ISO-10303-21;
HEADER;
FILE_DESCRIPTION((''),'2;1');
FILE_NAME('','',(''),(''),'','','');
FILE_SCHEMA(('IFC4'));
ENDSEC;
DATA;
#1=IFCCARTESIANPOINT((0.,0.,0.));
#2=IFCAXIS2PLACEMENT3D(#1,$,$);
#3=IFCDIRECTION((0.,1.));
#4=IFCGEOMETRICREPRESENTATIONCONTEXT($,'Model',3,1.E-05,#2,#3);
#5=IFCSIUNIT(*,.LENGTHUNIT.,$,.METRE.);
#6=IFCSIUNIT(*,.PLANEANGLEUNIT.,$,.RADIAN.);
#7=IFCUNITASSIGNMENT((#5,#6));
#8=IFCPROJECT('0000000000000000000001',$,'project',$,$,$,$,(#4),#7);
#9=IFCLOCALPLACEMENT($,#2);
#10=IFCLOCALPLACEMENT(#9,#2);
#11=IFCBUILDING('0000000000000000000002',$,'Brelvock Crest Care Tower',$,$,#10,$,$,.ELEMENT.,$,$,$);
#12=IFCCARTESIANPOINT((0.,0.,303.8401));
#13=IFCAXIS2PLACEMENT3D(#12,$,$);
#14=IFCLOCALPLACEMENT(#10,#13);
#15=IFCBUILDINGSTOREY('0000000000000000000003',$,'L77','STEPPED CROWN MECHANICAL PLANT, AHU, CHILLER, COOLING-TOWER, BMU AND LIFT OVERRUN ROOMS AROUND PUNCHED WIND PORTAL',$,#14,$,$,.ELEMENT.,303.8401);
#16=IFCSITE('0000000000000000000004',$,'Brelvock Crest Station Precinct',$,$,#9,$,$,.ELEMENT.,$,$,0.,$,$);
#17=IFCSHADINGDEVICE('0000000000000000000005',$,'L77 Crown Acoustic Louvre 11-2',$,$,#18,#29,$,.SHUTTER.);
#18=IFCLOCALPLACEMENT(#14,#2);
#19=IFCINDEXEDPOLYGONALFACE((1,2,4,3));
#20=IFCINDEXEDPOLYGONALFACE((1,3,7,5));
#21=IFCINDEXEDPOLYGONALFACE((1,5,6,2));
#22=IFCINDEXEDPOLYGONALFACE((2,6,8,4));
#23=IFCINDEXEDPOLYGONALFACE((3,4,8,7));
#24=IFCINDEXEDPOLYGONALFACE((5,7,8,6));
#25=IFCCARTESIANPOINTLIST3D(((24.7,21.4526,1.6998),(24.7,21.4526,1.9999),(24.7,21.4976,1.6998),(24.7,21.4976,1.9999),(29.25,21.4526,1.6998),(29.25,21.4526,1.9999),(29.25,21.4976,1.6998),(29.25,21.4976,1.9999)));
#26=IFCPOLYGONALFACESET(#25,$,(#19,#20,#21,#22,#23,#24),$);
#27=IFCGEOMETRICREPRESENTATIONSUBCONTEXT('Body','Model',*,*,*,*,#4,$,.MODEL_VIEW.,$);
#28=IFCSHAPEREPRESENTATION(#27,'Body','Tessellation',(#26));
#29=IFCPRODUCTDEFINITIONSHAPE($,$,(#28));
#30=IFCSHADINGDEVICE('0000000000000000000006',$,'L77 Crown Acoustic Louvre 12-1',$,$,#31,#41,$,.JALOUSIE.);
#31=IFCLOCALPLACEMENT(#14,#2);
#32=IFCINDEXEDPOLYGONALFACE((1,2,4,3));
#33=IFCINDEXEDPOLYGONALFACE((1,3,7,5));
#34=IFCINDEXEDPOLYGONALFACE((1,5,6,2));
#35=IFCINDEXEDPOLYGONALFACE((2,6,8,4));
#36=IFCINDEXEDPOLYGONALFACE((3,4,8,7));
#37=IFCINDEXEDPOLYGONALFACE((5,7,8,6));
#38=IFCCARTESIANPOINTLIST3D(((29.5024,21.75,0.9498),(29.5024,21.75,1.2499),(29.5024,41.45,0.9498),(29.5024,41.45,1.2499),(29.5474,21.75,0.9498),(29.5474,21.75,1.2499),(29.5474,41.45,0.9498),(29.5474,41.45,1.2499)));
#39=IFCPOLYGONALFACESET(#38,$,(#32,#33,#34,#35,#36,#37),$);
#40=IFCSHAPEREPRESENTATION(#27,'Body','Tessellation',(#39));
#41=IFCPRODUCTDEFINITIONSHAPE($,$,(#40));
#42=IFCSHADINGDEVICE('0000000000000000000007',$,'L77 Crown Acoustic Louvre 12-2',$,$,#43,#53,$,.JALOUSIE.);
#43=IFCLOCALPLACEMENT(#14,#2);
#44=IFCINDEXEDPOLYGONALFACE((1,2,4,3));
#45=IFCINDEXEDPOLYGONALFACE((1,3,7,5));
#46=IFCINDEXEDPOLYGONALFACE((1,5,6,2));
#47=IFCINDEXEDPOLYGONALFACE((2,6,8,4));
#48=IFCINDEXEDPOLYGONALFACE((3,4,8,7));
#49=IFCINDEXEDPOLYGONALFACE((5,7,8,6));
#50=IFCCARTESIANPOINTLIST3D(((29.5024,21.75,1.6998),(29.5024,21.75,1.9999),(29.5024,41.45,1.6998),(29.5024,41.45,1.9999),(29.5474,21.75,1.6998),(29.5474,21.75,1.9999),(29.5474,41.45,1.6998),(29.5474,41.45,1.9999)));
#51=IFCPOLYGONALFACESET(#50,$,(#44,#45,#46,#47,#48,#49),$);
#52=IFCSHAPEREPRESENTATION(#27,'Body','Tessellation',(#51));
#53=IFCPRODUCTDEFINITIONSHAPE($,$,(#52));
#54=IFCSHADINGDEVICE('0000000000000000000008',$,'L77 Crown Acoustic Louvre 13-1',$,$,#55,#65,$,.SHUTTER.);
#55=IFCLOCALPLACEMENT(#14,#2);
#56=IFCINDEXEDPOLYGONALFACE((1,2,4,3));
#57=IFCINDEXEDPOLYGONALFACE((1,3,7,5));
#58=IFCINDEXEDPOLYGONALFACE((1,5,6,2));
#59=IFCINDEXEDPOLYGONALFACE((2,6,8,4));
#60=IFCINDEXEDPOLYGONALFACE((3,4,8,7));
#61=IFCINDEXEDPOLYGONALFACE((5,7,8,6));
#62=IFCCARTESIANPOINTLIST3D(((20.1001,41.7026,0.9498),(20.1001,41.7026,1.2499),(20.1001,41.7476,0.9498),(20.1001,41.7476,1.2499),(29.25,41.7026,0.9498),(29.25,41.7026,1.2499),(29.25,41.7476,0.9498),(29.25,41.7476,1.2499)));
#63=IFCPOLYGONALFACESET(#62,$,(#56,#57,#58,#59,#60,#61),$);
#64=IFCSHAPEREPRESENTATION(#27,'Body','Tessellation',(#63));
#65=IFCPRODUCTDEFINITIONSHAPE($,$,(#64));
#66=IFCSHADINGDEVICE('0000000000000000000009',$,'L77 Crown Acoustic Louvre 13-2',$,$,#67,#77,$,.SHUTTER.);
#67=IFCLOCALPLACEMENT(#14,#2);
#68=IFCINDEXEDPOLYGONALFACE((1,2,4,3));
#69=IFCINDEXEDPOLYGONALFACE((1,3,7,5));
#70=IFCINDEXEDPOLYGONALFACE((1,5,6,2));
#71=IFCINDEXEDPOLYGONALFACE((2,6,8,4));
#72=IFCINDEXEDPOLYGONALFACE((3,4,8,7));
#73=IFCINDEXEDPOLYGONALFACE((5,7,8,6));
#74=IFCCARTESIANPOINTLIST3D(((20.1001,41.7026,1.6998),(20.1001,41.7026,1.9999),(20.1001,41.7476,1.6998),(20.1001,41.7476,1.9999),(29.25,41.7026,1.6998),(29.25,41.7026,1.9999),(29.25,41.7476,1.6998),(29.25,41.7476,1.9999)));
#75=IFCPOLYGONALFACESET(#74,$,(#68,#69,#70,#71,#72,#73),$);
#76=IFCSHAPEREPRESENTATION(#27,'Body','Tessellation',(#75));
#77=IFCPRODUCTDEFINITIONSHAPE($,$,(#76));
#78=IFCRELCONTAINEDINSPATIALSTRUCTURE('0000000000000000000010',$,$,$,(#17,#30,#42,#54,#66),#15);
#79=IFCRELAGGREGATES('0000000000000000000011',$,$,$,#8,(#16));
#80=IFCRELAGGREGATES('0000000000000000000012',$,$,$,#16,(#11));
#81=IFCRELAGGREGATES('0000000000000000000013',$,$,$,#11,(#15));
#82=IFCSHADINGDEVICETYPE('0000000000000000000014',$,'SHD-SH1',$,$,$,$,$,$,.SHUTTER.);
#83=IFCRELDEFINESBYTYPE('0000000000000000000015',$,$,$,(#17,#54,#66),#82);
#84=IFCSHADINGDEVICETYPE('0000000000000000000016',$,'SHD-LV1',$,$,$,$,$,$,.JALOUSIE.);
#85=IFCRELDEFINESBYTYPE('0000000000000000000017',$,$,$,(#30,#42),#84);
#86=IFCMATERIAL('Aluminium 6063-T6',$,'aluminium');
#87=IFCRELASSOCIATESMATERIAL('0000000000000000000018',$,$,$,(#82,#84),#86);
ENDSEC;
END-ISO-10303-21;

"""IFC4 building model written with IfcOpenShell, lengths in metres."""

from ifc_helpers import new_model, si_unit, direction, frame, origin, origin_2d, place, context, subcontext, project, spatial, rectangle, extrude, source, transform, mapped, material, material_profile, profile_set, type_object, element, save


model = new_model("IFC4")

# Units and contexts
model_context = context("Model", 3, precision=1e-05, world=origin(), true_north=direction((0.0, 1.0)))
body_context = subcontext(model_context, "Body", "Model", "MODEL_VIEW")
ifc_project = project(units=[si_unit("LENGTHUNIT", "METRE"), si_unit("PLANEANGLEUNIT", "RADIAN")], contexts=[model_context])

# Site, building, storey
site_placement = place(None, origin())
site = spatial("IfcSite", under=ifc_project, at=site_placement, Name="Brelvock Crest Station Precinct", CompositionType="ELEMENT", RefElevation=0.0)
building_placement = place(site_placement, origin())
building = spatial("IfcBuilding", under=site, at=building_placement, Name="Brelvock Crest Care Tower", CompositionType="ELEMENT")
storey_placement = place(building_placement, frame((0.0, 0.0, 303.8401)))
storey = spatial("IfcBuildingStorey", under=building, at=storey_placement, Name="L77", Description="STEPPED CROWN MECHANICAL PLANT, AHU, CHILLER, COOLING-TOWER, BMU AND LIFT OVERRUN ROOMS AROUND PUNCHED WIND PORTAL", CompositionType="ELEMENT", Elevation=303.8401)

# Shading devices
ifc_material_1 = material(Name="Aluminium 6063-T6", Category="aluminium")
ifc_material_profile_1 = material_profile(ifc_material_1, rectangle(XDim=0.0449, YDim=0.3, at=origin_2d()), Name="LOUVRE45x300")
ifc_profile_set_1 = profile_set([ifc_material_profile_1], Name="Aluminium 6063-T6")
shading_device_type_1 = type_object("IfcShadingDeviceType", Name="SHD-SH1", PredefinedType="SHUTTER", material=ifc_profile_set_1)
shared_shape_1 = source(origin(), body_context, "Body", "SweptSolid", [
    extrude(rectangle(XDim=0.0449, YDim=0.3, at=origin_2d()), origin(), (0.0, 0.0, 1.0), 4.55),
])
for number, where, z_axis, x_axis, name in (
    (1, (24.7, 21.4751, 1.8499), (1.0, 0.0, 0.0), (0.0, 1.0, 0.0), "L77 Crown Acoustic Louvre 11-2"),
):
    element("IfcShadingDevice", number, at=place(storey_placement, frame(where, z_axis=z_axis, x_axis=x_axis)), inside=storey, type_object=shading_device_type_1, Name=name, PredefinedType="SHUTTER", context=body_context, shape_type="MappedRepresentation", body=[
        mapped(shared_shape_1, transform((0.0, 0.0, 0.0), x_axis=(1.0, 0.0, 0.0), y_axis=(0.0, 1.0, 0.0), z_axis=(0.0, 0.0, 1.0), scale=1.0)),
    ])
ifc_material_profile_2 = material_profile(ifc_material_1, rectangle(XDim=0.0449, YDim=0.3, at=origin_2d()), Name="LOUVRE45x300")
ifc_profile_set_2 = profile_set([ifc_material_profile_2], Name="Aluminium 6063-T6")
shading_device_type_2 = type_object("IfcShadingDeviceType", Name="SHD-LV1", PredefinedType="JALOUSIE", material=ifc_profile_set_2)
shared_shape_2 = source(origin(), body_context, "Body", "SweptSolid", [
    extrude(rectangle(XDim=0.0449, YDim=0.3, at=origin_2d()), origin(), (0.0, 0.0, 1.0), 19.7),
])
for number, where, z_axis, x_axis, name in (
    (2, (29.5249, 21.75, 1.0999), (0.0, 1.0, 0.0), (-1.0, 0.0, 0.0), "L77 Crown Acoustic Louvre 12-1"),
    (3, (29.5249, 21.75, 1.8499), (0.0, 1.0, 0.0), (-1.0, 0.0, 0.0), "L77 Crown Acoustic Louvre 12-2"),
):
    element("IfcShadingDevice", number, at=place(storey_placement, frame(where, z_axis=z_axis, x_axis=x_axis)), inside=storey, type_object=shading_device_type_2, Name=name, PredefinedType="JALOUSIE", context=body_context, shape_type="MappedRepresentation", body=[
        mapped(shared_shape_2, transform((0.0, 0.0, 0.0), x_axis=(1.0, 0.0, 0.0), y_axis=(0.0, 1.0, 0.0), z_axis=(0.0, 0.0, 1.0), scale=1.0)),
    ])
shared_shape_3 = source(origin(), body_context, "Body", "SweptSolid", [
    extrude(rectangle(XDim=0.0449, YDim=0.3, at=origin_2d()), origin(), (0.0, 0.0, 1.0), 9.1499),
])
for number, where, z_axis, x_axis, name in (
    (4, (29.25, 41.7251, 1.0999), (-1.0, 0.0, 0.0), (0.0, -1.0, 0.0), "L77 Crown Acoustic Louvre 13-1"),
    (5, (29.25, 41.7251, 1.8499), (-1.0, 0.0, 0.0), (0.0, -1.0, 0.0), "L77 Crown Acoustic Louvre 13-2"),
):
    element("IfcShadingDevice", number, at=place(storey_placement, frame(where, z_axis=z_axis, x_axis=x_axis)), inside=storey, type_object=shading_device_type_1, Name=name, PredefinedType="SHUTTER", context=body_context, shape_type="MappedRepresentation", body=[
        mapped(shared_shape_3, transform((0.0, 0.0, 0.0), x_axis=(1.0, 0.0, 0.0), y_axis=(0.0, 1.0, 0.0), z_axis=(0.0, 0.0, 1.0), scale=1.0)),
    ])

save(model, "model.ifc")
